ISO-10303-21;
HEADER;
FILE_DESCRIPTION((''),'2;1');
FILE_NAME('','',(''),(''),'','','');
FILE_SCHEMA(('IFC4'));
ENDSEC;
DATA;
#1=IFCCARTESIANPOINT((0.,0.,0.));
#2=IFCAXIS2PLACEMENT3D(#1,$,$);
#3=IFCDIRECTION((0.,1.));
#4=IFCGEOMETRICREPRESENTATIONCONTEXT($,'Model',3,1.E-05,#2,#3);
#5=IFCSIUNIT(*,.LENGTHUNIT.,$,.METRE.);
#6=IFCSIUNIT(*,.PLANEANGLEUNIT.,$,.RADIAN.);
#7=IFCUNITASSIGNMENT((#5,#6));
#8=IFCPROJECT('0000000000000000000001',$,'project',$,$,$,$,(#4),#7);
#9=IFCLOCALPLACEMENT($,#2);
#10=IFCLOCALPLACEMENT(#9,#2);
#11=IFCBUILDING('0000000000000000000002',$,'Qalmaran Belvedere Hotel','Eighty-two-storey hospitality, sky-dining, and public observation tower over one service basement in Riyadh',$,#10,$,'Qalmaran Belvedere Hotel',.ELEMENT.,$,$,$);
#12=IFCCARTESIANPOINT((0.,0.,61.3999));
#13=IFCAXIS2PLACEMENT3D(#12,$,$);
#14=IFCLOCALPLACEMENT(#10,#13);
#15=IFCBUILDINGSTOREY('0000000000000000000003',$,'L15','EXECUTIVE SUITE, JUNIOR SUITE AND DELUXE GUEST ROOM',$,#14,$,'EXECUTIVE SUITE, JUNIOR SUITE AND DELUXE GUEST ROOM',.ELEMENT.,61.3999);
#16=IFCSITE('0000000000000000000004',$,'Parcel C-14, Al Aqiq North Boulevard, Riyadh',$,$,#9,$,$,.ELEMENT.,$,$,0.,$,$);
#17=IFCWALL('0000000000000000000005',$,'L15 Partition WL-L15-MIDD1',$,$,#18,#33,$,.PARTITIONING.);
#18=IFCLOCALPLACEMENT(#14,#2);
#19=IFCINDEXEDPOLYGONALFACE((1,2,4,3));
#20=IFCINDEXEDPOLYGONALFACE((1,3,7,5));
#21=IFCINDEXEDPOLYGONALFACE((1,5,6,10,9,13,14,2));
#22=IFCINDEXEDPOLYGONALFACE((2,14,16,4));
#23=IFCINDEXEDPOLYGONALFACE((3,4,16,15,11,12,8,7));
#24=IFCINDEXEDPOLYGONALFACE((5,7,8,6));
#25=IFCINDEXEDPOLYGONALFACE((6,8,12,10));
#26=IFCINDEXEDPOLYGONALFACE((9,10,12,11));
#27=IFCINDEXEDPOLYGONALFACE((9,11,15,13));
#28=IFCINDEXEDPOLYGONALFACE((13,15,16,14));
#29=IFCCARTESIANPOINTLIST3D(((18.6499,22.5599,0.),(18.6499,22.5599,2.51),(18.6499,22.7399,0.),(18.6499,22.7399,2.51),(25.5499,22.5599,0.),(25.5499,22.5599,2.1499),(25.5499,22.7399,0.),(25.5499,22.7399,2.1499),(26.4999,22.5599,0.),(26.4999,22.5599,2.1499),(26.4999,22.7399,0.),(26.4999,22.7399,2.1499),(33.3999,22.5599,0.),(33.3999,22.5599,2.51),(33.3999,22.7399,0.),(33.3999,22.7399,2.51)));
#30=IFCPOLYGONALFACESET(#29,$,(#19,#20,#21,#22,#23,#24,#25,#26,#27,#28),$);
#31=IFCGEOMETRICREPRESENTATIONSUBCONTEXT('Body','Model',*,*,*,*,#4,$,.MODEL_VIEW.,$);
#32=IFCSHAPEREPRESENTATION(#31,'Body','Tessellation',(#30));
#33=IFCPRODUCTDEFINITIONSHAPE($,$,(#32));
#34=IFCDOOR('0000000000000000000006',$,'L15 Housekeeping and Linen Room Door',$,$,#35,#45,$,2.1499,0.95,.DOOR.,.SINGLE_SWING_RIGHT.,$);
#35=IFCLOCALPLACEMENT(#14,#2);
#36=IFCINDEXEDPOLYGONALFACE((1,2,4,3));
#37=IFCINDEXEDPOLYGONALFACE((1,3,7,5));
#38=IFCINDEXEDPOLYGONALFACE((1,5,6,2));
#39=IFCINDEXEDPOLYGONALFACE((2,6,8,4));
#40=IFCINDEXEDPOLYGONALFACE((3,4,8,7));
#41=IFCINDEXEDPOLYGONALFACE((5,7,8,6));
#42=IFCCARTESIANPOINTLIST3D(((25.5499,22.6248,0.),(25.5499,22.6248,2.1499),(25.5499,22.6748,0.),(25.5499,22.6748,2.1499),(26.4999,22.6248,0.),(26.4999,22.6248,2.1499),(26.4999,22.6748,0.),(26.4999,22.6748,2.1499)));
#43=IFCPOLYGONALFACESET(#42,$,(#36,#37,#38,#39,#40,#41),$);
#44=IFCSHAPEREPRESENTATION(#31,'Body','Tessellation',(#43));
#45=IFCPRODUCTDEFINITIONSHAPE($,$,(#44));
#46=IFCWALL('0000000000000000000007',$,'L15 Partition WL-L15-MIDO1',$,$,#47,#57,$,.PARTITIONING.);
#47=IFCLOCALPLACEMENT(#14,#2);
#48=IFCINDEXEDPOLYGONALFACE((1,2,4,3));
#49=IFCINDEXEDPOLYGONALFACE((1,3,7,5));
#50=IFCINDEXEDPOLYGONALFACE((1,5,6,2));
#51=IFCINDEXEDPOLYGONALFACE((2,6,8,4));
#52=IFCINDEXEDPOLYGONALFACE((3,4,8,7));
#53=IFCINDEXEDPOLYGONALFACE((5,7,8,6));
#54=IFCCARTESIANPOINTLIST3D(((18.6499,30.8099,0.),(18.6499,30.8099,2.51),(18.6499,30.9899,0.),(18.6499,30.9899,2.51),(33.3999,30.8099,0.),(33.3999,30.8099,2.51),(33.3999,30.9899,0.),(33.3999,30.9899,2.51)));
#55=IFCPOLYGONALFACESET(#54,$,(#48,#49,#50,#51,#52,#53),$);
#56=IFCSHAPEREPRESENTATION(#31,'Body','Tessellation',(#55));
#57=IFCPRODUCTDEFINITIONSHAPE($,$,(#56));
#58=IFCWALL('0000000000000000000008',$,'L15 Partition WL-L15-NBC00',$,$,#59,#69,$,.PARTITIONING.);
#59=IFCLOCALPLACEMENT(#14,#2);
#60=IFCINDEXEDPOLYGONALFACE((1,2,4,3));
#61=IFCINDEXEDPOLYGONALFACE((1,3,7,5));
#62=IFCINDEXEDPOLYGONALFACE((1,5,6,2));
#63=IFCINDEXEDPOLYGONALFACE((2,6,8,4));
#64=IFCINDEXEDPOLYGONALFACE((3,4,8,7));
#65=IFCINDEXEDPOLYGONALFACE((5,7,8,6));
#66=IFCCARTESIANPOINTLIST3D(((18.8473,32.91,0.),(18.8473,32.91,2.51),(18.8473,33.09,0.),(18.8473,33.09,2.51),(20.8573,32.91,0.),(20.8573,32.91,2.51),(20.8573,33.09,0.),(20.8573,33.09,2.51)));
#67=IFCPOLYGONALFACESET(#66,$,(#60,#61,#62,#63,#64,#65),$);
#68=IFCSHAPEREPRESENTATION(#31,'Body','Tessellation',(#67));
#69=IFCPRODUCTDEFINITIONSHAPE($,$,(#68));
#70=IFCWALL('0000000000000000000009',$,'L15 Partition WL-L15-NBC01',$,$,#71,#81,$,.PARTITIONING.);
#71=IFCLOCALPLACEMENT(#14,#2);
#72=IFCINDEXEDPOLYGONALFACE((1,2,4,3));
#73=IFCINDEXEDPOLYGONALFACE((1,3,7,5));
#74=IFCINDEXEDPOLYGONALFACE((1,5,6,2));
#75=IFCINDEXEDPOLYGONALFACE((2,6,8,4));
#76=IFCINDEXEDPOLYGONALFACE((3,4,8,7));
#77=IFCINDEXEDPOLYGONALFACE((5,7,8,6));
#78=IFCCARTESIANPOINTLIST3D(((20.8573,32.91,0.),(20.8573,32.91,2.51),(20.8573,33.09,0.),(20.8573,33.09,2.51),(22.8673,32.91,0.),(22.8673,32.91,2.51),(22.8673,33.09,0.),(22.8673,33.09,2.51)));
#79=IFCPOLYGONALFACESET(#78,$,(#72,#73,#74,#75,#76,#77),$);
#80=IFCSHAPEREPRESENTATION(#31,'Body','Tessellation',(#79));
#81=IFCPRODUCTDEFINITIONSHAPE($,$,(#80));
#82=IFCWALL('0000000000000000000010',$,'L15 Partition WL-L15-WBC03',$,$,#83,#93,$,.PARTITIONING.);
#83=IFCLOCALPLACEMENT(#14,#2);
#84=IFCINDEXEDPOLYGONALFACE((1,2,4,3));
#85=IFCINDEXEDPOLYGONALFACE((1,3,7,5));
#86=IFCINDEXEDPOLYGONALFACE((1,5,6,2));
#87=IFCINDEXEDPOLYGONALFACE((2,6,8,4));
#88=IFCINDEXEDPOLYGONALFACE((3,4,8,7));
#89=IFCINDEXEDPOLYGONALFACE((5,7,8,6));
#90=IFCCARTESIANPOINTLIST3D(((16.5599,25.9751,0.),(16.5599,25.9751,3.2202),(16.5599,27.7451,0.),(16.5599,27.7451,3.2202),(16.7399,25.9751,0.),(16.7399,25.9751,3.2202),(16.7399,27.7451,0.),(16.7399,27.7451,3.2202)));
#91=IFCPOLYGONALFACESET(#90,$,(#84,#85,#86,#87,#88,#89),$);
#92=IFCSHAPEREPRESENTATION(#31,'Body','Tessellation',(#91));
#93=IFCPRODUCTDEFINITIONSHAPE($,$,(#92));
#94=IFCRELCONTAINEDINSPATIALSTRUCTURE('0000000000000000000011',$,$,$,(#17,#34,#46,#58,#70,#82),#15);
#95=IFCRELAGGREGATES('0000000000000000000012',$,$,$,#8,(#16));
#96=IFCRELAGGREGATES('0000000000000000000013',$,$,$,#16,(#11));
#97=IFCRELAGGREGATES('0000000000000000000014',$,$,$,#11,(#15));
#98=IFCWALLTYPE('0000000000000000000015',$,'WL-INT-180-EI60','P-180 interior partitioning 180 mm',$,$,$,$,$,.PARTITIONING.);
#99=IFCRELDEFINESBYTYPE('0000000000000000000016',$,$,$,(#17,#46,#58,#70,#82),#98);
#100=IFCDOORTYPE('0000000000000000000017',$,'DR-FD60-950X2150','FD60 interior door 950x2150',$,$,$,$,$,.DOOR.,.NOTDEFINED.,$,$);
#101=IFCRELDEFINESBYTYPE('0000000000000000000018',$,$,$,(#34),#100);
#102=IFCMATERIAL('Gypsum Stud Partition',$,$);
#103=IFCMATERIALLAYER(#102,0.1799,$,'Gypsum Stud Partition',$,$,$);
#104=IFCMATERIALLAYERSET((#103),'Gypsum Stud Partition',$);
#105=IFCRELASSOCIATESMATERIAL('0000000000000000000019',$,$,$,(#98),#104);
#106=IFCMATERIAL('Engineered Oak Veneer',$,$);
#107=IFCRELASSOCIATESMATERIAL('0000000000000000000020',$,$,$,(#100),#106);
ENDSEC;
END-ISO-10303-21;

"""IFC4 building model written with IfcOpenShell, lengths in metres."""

from ifc_helpers import new_model, si_unit, direction, frame, frame_2d, origin, place, context, subcontext, project, spatial, rectangle, extrude, material, layer, layer_set, type_object, element, fill, save


model = new_model("IFC4")

# Units and contexts
model_context = context("Model", 3, precision=1e-05, world=origin(), true_north=direction((0.0, 1.0)))
body_context = subcontext(model_context, "Body", "Model", "MODEL_VIEW")
ifc_project = project(units=[si_unit("LENGTHUNIT", "METRE"), si_unit("PLANEANGLEUNIT", "RADIAN")], contexts=[model_context])

# Site, building, storey
site_placement = place(None, origin())
site = spatial("IfcSite", under=ifc_project, at=site_placement, Name="Parcel C-14, Al Aqiq North Boulevard, Riyadh", CompositionType="ELEMENT", RefElevation=0.0)
building_placement = place(site_placement, origin())
building = spatial("IfcBuilding", under=site, at=building_placement, Name="Qalmaran Belvedere Hotel", Description="Eighty-two-storey hospitality, sky-dining, and public observation tower over one service basement in Riyadh", LongName="Qalmaran Belvedere Hotel", CompositionType="ELEMENT")
storey_placement = place(building_placement, frame((0.0, 0.0, 61.3999)))
storey = spatial("IfcBuildingStorey", under=building, at=storey_placement, Name="L15", Description="EXECUTIVE SUITE, JUNIOR SUITE AND DELUXE GUEST ROOM", LongName="EXECUTIVE SUITE, JUNIOR SUITE AND DELUXE GUEST ROOM", CompositionType="ELEMENT", Elevation=61.3999)

# Shared definitions
ifc_material_1 = material(Name="Gypsum Stud Partition")

# Wall, opening, door
ifc_layer_1 = layer(ifc_material_1, 0.1799, Name="Gypsum Stud Partition")
ifc_layer_set_1 = layer_set([ifc_layer_1], Name="Gypsum Stud Partition")
wall_type_1 = type_object("IfcWallType", Name="WL-INT-180-EI60", Description="P-180 interior partitioning 180 mm", PredefinedType="PARTITIONING", material=ifc_layer_set_1)
wall_1_placement = place(storey_placement, frame((18.6499, 22.6499, 0.0), z_axis=(0.0, 0.0, 1.0), x_axis=(1.0, 0.0, 0.0)))
wall_1 = element("IfcWall", 1, at=wall_1_placement, inside=storey, type_object=wall_type_1, Name="L15 Partition WL-L15-MIDD1", PredefinedType="PARTITIONING", context=body_context, shape_type="SweptSolid", body=[
    extrude(rectangle(XDim=14.75, YDim=0.1799, at=frame_2d((7.375, 0.0))), origin(), (0.0, 0.0, 1.0), 2.51),
])
opening_1_placement = place(wall_1_placement, frame((6.8999, 0.0, 0.0)))
opening_1 = element("IfcOpeningElement", 2, at=opening_1_placement, cuts=wall_1, PredefinedType="OPENING", context=body_context, shape_type="SweptSolid", body=[
    extrude(rectangle(XDim=0.95, YDim=2.1499, at=frame_2d((0.4751, 1.075))), frame((0.0, 0.1001, 0.0), z_axis=(0.0, -1.0, 0.0), x_axis=(1.0, 0.0, 0.0)), (0.0, 0.0, 1.0), 0.2),
])
ifc_material_2 = material(Name="Engineered Oak Veneer")
door_type_1 = type_object("IfcDoorType", Name="DR-FD60-950X2150", Description="FD60 interior door 950x2150", OperationType="NOTDEFINED", PredefinedType="DOOR", material=ifc_material_2)
door_1_placement = place(opening_1_placement, origin())
door_1 = element("IfcDoor", 3, at=door_1_placement, inside=storey, type_object=door_type_1, Name="L15 Housekeeping and Linen Room Door", OperationType="SINGLE_SWING_RIGHT", OverallHeight=2.1499, OverallWidth=0.95, PredefinedType="DOOR", context=body_context, shape_type="SweptSolid", body=[
    extrude(rectangle(XDim=0.95, YDim=2.1499, at=frame_2d((0.4751, 1.075))), frame((0.0, 0.0249, 0.0), z_axis=(0.0, -1.0, 0.0), x_axis=(1.0, 0.0, 0.0)), (0.0, 0.0, 1.0), 0.05),
])
fill(opening_1, door_1)

# Walls
wall_2_placement = place(storey_placement, frame((18.6499, 30.8999, 0.0), z_axis=(0.0, 0.0, 1.0), x_axis=(1.0, 0.0, 0.0)))
element("IfcWall", 4, at=wall_2_placement, inside=storey, type_object=wall_type_1, Name="L15 Partition WL-L15-MIDO1", PredefinedType="PARTITIONING", context=body_context, shape_type="SweptSolid", body=[
    extrude(rectangle(XDim=14.75, YDim=0.1799, at=frame_2d((7.375, 0.0))), origin(), (0.0, 0.0, 1.0), 2.51),
])
for number, where, z_axis, x_axis, name in (
    (5, (18.8474, 33.0, 0.0), (0.0, 0.0, 1.0), (1.0, 0.0, 0.0), "L15 Partition WL-L15-NBC00"),
    (6, (20.8574, 33.0, 0.0), (0.0, 0.0, 1.0), (1.0, 0.0, 0.0), "L15 Partition WL-L15-NBC01"),
):
    element("IfcWall", number, at=place(storey_placement, frame(where, z_axis=z_axis, x_axis=x_axis)), inside=storey, type_object=wall_type_1, Name=name, PredefinedType="PARTITIONING", context=body_context, shape_type="SweptSolid", body=[
        extrude(rectangle(XDim=2.01, YDim=0.1799, at=frame_2d((1.0049, 0.0))), origin(), (0.0, 0.0, 1.0), 2.51),
    ])

# Wall
wall_3_placement = place(storey_placement, frame((16.6499, 25.9751, 0.0), z_axis=(0.0, 0.0, 1.0), x_axis=(0.0, 1.0, 0.0)))
element("IfcWall", 7, at=wall_3_placement, inside=storey, type_object=wall_type_1, Name="L15 Partition WL-L15-WBC03", PredefinedType="PARTITIONING", context=body_context, shape_type="SweptSolid", body=[
    extrude(rectangle(XDim=1.77, YDim=0.1799, at=frame_2d((0.885, 0.0))), origin(), (0.0, 0.0, 1.0), 3.2202),
])

save(model, "model.ifc")
